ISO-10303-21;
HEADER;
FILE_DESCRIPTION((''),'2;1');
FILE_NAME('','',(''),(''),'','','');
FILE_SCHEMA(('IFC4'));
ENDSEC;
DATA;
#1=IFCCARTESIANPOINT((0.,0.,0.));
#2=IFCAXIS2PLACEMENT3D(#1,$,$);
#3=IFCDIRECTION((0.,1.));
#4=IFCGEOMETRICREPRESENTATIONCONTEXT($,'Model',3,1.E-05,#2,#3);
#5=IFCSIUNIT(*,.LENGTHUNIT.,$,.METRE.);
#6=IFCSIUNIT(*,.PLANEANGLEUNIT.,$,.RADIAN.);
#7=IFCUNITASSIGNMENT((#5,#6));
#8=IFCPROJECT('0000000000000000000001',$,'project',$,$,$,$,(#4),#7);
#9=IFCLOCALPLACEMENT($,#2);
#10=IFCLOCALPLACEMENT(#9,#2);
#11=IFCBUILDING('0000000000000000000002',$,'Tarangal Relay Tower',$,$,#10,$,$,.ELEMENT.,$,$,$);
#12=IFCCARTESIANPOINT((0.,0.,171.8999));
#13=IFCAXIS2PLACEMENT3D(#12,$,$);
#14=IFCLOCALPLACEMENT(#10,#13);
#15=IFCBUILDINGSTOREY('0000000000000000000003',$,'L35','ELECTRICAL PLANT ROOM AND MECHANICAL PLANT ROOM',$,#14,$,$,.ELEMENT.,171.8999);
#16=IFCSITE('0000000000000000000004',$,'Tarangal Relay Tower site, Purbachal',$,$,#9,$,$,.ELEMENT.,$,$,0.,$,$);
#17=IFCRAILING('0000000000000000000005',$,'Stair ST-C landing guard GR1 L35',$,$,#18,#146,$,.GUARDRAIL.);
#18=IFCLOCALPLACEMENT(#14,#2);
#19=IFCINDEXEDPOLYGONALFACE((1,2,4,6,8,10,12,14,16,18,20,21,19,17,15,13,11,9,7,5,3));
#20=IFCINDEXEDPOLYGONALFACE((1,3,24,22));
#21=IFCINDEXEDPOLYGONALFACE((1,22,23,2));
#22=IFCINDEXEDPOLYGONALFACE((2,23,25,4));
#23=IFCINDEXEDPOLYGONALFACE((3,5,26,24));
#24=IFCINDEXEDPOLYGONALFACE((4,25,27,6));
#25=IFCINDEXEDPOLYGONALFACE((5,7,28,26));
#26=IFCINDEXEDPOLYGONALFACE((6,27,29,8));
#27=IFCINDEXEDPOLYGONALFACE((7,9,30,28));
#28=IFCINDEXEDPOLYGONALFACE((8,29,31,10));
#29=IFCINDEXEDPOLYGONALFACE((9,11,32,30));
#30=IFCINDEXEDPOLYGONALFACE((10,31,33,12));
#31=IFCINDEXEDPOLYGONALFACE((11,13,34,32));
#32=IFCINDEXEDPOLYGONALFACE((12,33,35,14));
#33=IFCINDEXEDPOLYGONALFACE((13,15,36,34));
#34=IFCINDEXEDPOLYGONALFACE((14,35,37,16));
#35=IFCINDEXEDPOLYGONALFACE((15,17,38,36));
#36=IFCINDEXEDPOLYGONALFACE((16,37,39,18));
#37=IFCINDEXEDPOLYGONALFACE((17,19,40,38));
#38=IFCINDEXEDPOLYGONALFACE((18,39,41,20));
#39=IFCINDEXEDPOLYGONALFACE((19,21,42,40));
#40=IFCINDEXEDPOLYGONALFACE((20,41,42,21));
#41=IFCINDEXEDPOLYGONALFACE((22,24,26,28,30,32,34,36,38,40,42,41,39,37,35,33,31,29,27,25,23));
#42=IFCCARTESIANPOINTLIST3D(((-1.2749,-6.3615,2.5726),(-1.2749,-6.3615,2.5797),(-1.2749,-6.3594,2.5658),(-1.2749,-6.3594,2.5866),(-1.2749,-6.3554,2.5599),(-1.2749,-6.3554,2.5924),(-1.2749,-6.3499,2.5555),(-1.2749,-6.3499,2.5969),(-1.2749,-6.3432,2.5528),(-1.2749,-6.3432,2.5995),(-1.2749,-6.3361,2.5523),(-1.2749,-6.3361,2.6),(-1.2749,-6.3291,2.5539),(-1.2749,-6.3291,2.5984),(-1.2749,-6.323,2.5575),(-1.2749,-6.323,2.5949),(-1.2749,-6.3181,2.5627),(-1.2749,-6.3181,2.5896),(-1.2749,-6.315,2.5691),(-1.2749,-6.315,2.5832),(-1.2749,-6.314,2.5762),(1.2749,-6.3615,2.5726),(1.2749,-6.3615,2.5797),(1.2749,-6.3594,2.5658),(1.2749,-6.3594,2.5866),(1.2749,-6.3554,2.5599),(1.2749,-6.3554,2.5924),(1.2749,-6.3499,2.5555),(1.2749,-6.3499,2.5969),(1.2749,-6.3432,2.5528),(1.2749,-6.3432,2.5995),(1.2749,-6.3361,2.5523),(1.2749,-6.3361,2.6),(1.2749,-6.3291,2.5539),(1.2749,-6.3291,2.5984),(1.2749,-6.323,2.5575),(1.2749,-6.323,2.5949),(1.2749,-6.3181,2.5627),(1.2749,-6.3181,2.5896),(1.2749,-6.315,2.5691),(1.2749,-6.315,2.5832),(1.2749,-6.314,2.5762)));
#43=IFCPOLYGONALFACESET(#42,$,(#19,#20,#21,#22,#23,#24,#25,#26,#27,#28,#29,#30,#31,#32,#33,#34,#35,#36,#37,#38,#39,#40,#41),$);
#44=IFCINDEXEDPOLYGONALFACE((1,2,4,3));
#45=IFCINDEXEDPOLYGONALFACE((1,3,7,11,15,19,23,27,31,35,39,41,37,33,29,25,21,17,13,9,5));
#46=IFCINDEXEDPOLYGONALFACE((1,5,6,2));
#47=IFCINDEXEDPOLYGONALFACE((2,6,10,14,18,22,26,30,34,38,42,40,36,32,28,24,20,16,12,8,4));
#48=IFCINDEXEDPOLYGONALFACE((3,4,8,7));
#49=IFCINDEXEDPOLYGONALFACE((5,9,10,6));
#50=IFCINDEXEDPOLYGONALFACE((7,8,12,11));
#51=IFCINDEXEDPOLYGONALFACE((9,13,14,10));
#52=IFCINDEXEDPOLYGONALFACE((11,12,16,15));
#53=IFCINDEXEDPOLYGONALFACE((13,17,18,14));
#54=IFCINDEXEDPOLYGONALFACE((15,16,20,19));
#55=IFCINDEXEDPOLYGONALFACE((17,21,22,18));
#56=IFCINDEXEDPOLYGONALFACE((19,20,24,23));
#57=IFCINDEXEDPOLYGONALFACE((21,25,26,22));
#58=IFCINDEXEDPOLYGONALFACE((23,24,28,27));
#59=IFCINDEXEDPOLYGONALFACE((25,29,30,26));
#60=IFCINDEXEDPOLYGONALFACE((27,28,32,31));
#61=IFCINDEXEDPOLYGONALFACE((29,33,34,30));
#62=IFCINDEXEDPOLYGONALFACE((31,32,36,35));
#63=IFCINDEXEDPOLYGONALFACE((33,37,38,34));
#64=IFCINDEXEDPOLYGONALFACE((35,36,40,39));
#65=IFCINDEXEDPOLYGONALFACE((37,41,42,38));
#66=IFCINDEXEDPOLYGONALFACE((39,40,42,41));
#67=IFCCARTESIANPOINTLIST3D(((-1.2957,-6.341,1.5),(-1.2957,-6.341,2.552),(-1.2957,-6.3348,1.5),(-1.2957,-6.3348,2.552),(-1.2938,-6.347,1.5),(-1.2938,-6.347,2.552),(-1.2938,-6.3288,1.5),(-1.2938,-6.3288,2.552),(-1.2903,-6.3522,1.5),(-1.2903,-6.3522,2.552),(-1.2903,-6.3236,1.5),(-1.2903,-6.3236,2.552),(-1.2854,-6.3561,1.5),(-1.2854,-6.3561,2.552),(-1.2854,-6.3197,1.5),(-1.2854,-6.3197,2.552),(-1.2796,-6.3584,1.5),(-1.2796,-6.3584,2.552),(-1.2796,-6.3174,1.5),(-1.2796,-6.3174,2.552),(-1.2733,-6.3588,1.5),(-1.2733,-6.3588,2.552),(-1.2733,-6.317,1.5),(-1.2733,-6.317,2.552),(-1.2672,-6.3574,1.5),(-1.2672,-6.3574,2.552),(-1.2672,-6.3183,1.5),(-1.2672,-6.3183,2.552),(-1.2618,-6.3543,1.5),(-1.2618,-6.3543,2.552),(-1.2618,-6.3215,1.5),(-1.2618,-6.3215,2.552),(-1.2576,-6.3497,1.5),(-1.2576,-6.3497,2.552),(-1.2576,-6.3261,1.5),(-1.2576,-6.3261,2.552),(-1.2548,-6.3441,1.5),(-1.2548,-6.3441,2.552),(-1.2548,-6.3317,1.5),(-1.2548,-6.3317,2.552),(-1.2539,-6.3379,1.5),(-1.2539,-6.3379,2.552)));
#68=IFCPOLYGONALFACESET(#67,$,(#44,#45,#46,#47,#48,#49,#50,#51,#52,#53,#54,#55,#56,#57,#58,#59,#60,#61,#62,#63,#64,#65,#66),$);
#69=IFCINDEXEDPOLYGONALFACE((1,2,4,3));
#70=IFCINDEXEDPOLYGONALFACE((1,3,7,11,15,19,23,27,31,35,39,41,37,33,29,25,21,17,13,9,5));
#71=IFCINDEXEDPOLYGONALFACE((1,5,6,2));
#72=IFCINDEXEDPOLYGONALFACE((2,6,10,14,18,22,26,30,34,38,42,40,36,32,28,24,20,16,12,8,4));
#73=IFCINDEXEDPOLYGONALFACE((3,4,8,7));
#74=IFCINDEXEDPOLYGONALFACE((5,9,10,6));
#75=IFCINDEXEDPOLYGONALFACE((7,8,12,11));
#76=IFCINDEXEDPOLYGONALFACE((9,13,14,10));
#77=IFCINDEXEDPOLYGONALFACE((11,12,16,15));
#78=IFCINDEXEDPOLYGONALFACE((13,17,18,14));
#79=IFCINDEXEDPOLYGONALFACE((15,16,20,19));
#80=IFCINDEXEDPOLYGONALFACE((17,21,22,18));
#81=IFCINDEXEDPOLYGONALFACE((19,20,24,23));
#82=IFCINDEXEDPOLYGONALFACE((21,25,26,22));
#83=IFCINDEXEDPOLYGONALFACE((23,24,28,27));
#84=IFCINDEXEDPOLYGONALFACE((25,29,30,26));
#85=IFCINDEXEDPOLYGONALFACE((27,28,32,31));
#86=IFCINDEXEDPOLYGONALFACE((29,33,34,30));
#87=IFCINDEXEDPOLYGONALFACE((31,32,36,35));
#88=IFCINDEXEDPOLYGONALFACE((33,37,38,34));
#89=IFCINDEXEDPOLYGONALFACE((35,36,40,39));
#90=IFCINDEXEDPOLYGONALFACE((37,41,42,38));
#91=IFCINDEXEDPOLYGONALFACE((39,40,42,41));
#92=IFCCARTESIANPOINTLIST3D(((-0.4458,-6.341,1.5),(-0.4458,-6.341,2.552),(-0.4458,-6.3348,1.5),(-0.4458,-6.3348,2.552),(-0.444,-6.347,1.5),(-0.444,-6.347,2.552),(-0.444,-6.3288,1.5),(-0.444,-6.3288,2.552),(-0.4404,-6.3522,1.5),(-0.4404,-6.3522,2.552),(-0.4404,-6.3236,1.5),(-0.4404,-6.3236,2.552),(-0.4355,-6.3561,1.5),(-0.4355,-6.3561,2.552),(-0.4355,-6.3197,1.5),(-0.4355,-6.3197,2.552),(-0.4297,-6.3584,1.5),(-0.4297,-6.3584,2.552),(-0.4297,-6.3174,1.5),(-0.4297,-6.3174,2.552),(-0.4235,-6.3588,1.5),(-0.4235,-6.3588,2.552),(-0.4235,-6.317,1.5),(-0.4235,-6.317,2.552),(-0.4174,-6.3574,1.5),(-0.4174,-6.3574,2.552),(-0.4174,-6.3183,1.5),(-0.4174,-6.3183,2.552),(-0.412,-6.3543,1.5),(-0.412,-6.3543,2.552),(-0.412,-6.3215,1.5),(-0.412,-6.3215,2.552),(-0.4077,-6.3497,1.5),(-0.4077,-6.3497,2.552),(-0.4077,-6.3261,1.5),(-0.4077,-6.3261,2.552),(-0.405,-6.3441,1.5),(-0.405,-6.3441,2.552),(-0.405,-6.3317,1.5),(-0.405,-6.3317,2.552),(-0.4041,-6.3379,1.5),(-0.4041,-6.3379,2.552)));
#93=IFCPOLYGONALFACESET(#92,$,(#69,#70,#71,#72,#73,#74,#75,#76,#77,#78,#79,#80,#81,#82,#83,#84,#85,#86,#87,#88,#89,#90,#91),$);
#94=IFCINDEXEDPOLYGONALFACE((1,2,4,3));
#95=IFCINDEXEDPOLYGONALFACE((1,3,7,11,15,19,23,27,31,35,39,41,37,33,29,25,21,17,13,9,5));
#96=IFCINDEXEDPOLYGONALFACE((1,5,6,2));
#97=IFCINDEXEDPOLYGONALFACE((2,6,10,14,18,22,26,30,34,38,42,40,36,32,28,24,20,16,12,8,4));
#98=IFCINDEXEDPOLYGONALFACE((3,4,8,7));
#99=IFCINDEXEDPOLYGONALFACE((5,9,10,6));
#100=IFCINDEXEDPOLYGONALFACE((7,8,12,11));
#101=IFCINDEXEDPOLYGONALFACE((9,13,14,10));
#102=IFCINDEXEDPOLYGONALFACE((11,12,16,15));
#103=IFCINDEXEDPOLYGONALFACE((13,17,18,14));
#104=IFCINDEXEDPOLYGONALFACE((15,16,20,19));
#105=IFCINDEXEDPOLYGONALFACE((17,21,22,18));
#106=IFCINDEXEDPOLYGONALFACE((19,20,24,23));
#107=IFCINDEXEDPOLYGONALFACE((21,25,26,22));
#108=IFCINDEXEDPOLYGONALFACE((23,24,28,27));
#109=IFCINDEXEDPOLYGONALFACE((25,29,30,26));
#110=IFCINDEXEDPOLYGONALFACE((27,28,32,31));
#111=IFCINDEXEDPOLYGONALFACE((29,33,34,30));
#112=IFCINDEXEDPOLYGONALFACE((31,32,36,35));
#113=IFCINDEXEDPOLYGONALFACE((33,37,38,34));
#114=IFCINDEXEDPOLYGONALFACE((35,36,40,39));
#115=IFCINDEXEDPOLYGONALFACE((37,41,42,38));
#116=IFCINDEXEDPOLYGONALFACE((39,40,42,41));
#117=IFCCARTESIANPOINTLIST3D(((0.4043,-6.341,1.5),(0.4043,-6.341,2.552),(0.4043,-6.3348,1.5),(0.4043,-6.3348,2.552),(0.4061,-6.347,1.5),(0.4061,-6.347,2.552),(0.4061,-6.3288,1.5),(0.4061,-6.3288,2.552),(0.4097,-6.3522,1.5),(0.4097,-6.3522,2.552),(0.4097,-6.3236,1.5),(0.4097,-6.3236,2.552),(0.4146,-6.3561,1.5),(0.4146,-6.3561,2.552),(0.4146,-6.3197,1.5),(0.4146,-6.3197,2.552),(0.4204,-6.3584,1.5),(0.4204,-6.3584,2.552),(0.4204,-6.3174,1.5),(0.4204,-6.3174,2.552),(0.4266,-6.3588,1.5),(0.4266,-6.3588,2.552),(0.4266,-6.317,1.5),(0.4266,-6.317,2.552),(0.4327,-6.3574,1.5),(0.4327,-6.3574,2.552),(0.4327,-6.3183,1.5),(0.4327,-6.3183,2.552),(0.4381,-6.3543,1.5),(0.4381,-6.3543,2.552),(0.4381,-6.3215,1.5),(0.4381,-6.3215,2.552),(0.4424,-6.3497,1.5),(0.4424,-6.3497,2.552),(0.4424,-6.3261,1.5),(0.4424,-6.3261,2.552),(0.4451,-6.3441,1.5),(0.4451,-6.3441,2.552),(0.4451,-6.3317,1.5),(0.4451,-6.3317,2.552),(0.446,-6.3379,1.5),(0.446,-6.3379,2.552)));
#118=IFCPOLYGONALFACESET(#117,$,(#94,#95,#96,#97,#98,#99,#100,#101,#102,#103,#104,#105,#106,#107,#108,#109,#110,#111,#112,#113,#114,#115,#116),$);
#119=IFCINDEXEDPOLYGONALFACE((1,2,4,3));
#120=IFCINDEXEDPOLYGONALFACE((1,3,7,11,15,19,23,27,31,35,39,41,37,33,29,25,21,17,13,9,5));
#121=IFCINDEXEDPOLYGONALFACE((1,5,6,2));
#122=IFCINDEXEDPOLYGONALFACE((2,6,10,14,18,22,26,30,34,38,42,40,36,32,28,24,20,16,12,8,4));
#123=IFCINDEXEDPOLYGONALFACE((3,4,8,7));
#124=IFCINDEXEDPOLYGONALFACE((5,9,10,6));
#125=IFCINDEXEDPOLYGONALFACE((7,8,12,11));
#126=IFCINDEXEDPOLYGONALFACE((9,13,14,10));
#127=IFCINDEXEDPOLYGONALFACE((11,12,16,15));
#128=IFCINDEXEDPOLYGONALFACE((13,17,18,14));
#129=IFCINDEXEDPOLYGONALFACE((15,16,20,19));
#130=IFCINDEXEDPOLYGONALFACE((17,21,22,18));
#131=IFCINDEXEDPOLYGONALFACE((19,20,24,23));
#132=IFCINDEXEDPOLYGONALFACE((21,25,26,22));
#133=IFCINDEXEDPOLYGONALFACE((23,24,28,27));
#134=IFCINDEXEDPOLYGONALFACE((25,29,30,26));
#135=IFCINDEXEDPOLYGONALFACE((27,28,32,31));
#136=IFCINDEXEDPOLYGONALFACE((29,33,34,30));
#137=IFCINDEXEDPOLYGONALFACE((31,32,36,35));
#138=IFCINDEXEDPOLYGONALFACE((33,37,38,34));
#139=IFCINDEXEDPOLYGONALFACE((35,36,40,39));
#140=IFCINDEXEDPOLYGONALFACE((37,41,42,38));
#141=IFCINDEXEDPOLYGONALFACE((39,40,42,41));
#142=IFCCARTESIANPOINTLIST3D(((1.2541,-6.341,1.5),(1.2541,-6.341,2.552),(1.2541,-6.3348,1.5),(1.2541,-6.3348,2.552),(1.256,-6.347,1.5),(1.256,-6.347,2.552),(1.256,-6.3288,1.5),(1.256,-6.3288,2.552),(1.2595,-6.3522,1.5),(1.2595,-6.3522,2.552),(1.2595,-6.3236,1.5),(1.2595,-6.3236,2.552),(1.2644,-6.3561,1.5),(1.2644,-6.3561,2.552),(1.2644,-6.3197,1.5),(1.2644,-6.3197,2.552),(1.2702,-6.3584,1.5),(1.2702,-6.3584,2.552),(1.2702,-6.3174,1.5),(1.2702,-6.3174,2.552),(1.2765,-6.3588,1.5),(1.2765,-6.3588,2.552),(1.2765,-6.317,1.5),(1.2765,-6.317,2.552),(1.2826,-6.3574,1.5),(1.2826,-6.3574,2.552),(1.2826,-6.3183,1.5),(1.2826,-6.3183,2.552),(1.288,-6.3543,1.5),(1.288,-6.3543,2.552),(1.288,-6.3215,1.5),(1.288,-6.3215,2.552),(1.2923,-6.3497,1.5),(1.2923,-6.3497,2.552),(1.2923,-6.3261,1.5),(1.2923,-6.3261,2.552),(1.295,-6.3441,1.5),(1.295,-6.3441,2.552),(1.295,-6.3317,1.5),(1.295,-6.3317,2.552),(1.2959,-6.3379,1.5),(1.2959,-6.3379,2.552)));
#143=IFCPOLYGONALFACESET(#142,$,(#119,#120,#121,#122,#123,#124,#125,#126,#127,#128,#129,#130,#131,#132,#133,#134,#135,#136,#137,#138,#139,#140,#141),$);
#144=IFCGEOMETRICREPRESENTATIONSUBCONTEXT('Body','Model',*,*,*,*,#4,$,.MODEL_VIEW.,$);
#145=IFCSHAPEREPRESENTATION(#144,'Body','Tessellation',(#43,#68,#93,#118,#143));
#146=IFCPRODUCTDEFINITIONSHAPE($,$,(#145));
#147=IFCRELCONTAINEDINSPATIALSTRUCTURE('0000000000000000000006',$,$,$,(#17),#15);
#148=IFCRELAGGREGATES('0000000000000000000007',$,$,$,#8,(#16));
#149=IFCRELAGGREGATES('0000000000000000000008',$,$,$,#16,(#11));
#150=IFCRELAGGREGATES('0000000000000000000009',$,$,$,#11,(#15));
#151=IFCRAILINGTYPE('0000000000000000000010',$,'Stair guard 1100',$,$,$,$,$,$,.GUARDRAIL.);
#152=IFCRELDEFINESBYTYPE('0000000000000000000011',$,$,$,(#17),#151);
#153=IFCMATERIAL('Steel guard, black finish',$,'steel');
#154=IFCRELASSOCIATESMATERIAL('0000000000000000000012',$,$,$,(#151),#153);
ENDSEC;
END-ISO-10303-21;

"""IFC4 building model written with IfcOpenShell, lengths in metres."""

from ifc_helpers import new_model, si_unit, direction, frame, origin, origin_2d, place, context, subcontext, project, spatial, circle, extrude, material, type_object, element, save


model = new_model("IFC4")

# Units and contexts
model_context = context("Model", 3, precision=1e-05, world=origin(), true_north=direction((0.0, 1.0)))
body_context = subcontext(model_context, "Body", "Model", "MODEL_VIEW")
ifc_project = project(units=[si_unit("LENGTHUNIT", "METRE"), si_unit("PLANEANGLEUNIT", "RADIAN")], contexts=[model_context])

# Site, building, storey
site_placement = place(None, origin())
site = spatial("IfcSite", under=ifc_project, at=site_placement, Name="Tarangal Relay Tower site, Purbachal", CompositionType="ELEMENT", RefElevation=0.0)
building_placement = place(site_placement, origin())
building = spatial("IfcBuilding", under=site, at=building_placement, Name="Tarangal Relay Tower", CompositionType="ELEMENT")
storey_placement = place(building_placement, frame((0.0, 0.0, 171.8999)))
storey = spatial("IfcBuildingStorey", under=building, at=storey_placement, Name="L35", Description="ELECTRICAL PLANT ROOM AND MECHANICAL PLANT ROOM", CompositionType="ELEMENT", Elevation=171.8999)

# Railing
ifc_material_1 = material(Name="Steel guard, black finish", Category="steel")
railing_type_1 = type_object("IfcRailingType", Name="Stair guard 1100", PredefinedType="GUARDRAIL", material=ifc_material_1)
for number, where, name in (
    (1, (-1.2749, -6.3379, 1.5), "Stair ST-C landing guard GR1 L35"),
):
    element("IfcRailing", number, at=place(storey_placement, frame(where)), inside=storey, type_object=railing_type_1, Name=name, PredefinedType="GUARDRAIL", context=body_context, shape_type="SweptSolid", body=[
        extrude(circle(Radius=0.0239, at=origin_2d()), frame((0.0, 0.0, 1.0762), z_axis=(1.0, 0.0, 0.0), x_axis=(0.0, 1.0, 0.0)), (0.0, 0.0, 1.0), 2.5498),
        extrude(circle(Radius=0.021, at=origin_2d()), origin(), (0.0, 0.0, 1.0), 1.052),
        extrude(circle(Radius=0.021, at=origin_2d()), frame((0.8499, 0.0, 0.0)), (0.0, 0.0, 1.0), 1.052),
        extrude(circle(Radius=0.021, at=origin_2d()), frame((1.7, 0.0, 0.0)), (0.0, 0.0, 1.0), 1.052),
        extrude(circle(Radius=0.021, at=origin_2d()), frame((2.5498, 0.0, 0.0)), (0.0, 0.0, 1.0), 1.052),
    ])

save(model, "model.ifc")
